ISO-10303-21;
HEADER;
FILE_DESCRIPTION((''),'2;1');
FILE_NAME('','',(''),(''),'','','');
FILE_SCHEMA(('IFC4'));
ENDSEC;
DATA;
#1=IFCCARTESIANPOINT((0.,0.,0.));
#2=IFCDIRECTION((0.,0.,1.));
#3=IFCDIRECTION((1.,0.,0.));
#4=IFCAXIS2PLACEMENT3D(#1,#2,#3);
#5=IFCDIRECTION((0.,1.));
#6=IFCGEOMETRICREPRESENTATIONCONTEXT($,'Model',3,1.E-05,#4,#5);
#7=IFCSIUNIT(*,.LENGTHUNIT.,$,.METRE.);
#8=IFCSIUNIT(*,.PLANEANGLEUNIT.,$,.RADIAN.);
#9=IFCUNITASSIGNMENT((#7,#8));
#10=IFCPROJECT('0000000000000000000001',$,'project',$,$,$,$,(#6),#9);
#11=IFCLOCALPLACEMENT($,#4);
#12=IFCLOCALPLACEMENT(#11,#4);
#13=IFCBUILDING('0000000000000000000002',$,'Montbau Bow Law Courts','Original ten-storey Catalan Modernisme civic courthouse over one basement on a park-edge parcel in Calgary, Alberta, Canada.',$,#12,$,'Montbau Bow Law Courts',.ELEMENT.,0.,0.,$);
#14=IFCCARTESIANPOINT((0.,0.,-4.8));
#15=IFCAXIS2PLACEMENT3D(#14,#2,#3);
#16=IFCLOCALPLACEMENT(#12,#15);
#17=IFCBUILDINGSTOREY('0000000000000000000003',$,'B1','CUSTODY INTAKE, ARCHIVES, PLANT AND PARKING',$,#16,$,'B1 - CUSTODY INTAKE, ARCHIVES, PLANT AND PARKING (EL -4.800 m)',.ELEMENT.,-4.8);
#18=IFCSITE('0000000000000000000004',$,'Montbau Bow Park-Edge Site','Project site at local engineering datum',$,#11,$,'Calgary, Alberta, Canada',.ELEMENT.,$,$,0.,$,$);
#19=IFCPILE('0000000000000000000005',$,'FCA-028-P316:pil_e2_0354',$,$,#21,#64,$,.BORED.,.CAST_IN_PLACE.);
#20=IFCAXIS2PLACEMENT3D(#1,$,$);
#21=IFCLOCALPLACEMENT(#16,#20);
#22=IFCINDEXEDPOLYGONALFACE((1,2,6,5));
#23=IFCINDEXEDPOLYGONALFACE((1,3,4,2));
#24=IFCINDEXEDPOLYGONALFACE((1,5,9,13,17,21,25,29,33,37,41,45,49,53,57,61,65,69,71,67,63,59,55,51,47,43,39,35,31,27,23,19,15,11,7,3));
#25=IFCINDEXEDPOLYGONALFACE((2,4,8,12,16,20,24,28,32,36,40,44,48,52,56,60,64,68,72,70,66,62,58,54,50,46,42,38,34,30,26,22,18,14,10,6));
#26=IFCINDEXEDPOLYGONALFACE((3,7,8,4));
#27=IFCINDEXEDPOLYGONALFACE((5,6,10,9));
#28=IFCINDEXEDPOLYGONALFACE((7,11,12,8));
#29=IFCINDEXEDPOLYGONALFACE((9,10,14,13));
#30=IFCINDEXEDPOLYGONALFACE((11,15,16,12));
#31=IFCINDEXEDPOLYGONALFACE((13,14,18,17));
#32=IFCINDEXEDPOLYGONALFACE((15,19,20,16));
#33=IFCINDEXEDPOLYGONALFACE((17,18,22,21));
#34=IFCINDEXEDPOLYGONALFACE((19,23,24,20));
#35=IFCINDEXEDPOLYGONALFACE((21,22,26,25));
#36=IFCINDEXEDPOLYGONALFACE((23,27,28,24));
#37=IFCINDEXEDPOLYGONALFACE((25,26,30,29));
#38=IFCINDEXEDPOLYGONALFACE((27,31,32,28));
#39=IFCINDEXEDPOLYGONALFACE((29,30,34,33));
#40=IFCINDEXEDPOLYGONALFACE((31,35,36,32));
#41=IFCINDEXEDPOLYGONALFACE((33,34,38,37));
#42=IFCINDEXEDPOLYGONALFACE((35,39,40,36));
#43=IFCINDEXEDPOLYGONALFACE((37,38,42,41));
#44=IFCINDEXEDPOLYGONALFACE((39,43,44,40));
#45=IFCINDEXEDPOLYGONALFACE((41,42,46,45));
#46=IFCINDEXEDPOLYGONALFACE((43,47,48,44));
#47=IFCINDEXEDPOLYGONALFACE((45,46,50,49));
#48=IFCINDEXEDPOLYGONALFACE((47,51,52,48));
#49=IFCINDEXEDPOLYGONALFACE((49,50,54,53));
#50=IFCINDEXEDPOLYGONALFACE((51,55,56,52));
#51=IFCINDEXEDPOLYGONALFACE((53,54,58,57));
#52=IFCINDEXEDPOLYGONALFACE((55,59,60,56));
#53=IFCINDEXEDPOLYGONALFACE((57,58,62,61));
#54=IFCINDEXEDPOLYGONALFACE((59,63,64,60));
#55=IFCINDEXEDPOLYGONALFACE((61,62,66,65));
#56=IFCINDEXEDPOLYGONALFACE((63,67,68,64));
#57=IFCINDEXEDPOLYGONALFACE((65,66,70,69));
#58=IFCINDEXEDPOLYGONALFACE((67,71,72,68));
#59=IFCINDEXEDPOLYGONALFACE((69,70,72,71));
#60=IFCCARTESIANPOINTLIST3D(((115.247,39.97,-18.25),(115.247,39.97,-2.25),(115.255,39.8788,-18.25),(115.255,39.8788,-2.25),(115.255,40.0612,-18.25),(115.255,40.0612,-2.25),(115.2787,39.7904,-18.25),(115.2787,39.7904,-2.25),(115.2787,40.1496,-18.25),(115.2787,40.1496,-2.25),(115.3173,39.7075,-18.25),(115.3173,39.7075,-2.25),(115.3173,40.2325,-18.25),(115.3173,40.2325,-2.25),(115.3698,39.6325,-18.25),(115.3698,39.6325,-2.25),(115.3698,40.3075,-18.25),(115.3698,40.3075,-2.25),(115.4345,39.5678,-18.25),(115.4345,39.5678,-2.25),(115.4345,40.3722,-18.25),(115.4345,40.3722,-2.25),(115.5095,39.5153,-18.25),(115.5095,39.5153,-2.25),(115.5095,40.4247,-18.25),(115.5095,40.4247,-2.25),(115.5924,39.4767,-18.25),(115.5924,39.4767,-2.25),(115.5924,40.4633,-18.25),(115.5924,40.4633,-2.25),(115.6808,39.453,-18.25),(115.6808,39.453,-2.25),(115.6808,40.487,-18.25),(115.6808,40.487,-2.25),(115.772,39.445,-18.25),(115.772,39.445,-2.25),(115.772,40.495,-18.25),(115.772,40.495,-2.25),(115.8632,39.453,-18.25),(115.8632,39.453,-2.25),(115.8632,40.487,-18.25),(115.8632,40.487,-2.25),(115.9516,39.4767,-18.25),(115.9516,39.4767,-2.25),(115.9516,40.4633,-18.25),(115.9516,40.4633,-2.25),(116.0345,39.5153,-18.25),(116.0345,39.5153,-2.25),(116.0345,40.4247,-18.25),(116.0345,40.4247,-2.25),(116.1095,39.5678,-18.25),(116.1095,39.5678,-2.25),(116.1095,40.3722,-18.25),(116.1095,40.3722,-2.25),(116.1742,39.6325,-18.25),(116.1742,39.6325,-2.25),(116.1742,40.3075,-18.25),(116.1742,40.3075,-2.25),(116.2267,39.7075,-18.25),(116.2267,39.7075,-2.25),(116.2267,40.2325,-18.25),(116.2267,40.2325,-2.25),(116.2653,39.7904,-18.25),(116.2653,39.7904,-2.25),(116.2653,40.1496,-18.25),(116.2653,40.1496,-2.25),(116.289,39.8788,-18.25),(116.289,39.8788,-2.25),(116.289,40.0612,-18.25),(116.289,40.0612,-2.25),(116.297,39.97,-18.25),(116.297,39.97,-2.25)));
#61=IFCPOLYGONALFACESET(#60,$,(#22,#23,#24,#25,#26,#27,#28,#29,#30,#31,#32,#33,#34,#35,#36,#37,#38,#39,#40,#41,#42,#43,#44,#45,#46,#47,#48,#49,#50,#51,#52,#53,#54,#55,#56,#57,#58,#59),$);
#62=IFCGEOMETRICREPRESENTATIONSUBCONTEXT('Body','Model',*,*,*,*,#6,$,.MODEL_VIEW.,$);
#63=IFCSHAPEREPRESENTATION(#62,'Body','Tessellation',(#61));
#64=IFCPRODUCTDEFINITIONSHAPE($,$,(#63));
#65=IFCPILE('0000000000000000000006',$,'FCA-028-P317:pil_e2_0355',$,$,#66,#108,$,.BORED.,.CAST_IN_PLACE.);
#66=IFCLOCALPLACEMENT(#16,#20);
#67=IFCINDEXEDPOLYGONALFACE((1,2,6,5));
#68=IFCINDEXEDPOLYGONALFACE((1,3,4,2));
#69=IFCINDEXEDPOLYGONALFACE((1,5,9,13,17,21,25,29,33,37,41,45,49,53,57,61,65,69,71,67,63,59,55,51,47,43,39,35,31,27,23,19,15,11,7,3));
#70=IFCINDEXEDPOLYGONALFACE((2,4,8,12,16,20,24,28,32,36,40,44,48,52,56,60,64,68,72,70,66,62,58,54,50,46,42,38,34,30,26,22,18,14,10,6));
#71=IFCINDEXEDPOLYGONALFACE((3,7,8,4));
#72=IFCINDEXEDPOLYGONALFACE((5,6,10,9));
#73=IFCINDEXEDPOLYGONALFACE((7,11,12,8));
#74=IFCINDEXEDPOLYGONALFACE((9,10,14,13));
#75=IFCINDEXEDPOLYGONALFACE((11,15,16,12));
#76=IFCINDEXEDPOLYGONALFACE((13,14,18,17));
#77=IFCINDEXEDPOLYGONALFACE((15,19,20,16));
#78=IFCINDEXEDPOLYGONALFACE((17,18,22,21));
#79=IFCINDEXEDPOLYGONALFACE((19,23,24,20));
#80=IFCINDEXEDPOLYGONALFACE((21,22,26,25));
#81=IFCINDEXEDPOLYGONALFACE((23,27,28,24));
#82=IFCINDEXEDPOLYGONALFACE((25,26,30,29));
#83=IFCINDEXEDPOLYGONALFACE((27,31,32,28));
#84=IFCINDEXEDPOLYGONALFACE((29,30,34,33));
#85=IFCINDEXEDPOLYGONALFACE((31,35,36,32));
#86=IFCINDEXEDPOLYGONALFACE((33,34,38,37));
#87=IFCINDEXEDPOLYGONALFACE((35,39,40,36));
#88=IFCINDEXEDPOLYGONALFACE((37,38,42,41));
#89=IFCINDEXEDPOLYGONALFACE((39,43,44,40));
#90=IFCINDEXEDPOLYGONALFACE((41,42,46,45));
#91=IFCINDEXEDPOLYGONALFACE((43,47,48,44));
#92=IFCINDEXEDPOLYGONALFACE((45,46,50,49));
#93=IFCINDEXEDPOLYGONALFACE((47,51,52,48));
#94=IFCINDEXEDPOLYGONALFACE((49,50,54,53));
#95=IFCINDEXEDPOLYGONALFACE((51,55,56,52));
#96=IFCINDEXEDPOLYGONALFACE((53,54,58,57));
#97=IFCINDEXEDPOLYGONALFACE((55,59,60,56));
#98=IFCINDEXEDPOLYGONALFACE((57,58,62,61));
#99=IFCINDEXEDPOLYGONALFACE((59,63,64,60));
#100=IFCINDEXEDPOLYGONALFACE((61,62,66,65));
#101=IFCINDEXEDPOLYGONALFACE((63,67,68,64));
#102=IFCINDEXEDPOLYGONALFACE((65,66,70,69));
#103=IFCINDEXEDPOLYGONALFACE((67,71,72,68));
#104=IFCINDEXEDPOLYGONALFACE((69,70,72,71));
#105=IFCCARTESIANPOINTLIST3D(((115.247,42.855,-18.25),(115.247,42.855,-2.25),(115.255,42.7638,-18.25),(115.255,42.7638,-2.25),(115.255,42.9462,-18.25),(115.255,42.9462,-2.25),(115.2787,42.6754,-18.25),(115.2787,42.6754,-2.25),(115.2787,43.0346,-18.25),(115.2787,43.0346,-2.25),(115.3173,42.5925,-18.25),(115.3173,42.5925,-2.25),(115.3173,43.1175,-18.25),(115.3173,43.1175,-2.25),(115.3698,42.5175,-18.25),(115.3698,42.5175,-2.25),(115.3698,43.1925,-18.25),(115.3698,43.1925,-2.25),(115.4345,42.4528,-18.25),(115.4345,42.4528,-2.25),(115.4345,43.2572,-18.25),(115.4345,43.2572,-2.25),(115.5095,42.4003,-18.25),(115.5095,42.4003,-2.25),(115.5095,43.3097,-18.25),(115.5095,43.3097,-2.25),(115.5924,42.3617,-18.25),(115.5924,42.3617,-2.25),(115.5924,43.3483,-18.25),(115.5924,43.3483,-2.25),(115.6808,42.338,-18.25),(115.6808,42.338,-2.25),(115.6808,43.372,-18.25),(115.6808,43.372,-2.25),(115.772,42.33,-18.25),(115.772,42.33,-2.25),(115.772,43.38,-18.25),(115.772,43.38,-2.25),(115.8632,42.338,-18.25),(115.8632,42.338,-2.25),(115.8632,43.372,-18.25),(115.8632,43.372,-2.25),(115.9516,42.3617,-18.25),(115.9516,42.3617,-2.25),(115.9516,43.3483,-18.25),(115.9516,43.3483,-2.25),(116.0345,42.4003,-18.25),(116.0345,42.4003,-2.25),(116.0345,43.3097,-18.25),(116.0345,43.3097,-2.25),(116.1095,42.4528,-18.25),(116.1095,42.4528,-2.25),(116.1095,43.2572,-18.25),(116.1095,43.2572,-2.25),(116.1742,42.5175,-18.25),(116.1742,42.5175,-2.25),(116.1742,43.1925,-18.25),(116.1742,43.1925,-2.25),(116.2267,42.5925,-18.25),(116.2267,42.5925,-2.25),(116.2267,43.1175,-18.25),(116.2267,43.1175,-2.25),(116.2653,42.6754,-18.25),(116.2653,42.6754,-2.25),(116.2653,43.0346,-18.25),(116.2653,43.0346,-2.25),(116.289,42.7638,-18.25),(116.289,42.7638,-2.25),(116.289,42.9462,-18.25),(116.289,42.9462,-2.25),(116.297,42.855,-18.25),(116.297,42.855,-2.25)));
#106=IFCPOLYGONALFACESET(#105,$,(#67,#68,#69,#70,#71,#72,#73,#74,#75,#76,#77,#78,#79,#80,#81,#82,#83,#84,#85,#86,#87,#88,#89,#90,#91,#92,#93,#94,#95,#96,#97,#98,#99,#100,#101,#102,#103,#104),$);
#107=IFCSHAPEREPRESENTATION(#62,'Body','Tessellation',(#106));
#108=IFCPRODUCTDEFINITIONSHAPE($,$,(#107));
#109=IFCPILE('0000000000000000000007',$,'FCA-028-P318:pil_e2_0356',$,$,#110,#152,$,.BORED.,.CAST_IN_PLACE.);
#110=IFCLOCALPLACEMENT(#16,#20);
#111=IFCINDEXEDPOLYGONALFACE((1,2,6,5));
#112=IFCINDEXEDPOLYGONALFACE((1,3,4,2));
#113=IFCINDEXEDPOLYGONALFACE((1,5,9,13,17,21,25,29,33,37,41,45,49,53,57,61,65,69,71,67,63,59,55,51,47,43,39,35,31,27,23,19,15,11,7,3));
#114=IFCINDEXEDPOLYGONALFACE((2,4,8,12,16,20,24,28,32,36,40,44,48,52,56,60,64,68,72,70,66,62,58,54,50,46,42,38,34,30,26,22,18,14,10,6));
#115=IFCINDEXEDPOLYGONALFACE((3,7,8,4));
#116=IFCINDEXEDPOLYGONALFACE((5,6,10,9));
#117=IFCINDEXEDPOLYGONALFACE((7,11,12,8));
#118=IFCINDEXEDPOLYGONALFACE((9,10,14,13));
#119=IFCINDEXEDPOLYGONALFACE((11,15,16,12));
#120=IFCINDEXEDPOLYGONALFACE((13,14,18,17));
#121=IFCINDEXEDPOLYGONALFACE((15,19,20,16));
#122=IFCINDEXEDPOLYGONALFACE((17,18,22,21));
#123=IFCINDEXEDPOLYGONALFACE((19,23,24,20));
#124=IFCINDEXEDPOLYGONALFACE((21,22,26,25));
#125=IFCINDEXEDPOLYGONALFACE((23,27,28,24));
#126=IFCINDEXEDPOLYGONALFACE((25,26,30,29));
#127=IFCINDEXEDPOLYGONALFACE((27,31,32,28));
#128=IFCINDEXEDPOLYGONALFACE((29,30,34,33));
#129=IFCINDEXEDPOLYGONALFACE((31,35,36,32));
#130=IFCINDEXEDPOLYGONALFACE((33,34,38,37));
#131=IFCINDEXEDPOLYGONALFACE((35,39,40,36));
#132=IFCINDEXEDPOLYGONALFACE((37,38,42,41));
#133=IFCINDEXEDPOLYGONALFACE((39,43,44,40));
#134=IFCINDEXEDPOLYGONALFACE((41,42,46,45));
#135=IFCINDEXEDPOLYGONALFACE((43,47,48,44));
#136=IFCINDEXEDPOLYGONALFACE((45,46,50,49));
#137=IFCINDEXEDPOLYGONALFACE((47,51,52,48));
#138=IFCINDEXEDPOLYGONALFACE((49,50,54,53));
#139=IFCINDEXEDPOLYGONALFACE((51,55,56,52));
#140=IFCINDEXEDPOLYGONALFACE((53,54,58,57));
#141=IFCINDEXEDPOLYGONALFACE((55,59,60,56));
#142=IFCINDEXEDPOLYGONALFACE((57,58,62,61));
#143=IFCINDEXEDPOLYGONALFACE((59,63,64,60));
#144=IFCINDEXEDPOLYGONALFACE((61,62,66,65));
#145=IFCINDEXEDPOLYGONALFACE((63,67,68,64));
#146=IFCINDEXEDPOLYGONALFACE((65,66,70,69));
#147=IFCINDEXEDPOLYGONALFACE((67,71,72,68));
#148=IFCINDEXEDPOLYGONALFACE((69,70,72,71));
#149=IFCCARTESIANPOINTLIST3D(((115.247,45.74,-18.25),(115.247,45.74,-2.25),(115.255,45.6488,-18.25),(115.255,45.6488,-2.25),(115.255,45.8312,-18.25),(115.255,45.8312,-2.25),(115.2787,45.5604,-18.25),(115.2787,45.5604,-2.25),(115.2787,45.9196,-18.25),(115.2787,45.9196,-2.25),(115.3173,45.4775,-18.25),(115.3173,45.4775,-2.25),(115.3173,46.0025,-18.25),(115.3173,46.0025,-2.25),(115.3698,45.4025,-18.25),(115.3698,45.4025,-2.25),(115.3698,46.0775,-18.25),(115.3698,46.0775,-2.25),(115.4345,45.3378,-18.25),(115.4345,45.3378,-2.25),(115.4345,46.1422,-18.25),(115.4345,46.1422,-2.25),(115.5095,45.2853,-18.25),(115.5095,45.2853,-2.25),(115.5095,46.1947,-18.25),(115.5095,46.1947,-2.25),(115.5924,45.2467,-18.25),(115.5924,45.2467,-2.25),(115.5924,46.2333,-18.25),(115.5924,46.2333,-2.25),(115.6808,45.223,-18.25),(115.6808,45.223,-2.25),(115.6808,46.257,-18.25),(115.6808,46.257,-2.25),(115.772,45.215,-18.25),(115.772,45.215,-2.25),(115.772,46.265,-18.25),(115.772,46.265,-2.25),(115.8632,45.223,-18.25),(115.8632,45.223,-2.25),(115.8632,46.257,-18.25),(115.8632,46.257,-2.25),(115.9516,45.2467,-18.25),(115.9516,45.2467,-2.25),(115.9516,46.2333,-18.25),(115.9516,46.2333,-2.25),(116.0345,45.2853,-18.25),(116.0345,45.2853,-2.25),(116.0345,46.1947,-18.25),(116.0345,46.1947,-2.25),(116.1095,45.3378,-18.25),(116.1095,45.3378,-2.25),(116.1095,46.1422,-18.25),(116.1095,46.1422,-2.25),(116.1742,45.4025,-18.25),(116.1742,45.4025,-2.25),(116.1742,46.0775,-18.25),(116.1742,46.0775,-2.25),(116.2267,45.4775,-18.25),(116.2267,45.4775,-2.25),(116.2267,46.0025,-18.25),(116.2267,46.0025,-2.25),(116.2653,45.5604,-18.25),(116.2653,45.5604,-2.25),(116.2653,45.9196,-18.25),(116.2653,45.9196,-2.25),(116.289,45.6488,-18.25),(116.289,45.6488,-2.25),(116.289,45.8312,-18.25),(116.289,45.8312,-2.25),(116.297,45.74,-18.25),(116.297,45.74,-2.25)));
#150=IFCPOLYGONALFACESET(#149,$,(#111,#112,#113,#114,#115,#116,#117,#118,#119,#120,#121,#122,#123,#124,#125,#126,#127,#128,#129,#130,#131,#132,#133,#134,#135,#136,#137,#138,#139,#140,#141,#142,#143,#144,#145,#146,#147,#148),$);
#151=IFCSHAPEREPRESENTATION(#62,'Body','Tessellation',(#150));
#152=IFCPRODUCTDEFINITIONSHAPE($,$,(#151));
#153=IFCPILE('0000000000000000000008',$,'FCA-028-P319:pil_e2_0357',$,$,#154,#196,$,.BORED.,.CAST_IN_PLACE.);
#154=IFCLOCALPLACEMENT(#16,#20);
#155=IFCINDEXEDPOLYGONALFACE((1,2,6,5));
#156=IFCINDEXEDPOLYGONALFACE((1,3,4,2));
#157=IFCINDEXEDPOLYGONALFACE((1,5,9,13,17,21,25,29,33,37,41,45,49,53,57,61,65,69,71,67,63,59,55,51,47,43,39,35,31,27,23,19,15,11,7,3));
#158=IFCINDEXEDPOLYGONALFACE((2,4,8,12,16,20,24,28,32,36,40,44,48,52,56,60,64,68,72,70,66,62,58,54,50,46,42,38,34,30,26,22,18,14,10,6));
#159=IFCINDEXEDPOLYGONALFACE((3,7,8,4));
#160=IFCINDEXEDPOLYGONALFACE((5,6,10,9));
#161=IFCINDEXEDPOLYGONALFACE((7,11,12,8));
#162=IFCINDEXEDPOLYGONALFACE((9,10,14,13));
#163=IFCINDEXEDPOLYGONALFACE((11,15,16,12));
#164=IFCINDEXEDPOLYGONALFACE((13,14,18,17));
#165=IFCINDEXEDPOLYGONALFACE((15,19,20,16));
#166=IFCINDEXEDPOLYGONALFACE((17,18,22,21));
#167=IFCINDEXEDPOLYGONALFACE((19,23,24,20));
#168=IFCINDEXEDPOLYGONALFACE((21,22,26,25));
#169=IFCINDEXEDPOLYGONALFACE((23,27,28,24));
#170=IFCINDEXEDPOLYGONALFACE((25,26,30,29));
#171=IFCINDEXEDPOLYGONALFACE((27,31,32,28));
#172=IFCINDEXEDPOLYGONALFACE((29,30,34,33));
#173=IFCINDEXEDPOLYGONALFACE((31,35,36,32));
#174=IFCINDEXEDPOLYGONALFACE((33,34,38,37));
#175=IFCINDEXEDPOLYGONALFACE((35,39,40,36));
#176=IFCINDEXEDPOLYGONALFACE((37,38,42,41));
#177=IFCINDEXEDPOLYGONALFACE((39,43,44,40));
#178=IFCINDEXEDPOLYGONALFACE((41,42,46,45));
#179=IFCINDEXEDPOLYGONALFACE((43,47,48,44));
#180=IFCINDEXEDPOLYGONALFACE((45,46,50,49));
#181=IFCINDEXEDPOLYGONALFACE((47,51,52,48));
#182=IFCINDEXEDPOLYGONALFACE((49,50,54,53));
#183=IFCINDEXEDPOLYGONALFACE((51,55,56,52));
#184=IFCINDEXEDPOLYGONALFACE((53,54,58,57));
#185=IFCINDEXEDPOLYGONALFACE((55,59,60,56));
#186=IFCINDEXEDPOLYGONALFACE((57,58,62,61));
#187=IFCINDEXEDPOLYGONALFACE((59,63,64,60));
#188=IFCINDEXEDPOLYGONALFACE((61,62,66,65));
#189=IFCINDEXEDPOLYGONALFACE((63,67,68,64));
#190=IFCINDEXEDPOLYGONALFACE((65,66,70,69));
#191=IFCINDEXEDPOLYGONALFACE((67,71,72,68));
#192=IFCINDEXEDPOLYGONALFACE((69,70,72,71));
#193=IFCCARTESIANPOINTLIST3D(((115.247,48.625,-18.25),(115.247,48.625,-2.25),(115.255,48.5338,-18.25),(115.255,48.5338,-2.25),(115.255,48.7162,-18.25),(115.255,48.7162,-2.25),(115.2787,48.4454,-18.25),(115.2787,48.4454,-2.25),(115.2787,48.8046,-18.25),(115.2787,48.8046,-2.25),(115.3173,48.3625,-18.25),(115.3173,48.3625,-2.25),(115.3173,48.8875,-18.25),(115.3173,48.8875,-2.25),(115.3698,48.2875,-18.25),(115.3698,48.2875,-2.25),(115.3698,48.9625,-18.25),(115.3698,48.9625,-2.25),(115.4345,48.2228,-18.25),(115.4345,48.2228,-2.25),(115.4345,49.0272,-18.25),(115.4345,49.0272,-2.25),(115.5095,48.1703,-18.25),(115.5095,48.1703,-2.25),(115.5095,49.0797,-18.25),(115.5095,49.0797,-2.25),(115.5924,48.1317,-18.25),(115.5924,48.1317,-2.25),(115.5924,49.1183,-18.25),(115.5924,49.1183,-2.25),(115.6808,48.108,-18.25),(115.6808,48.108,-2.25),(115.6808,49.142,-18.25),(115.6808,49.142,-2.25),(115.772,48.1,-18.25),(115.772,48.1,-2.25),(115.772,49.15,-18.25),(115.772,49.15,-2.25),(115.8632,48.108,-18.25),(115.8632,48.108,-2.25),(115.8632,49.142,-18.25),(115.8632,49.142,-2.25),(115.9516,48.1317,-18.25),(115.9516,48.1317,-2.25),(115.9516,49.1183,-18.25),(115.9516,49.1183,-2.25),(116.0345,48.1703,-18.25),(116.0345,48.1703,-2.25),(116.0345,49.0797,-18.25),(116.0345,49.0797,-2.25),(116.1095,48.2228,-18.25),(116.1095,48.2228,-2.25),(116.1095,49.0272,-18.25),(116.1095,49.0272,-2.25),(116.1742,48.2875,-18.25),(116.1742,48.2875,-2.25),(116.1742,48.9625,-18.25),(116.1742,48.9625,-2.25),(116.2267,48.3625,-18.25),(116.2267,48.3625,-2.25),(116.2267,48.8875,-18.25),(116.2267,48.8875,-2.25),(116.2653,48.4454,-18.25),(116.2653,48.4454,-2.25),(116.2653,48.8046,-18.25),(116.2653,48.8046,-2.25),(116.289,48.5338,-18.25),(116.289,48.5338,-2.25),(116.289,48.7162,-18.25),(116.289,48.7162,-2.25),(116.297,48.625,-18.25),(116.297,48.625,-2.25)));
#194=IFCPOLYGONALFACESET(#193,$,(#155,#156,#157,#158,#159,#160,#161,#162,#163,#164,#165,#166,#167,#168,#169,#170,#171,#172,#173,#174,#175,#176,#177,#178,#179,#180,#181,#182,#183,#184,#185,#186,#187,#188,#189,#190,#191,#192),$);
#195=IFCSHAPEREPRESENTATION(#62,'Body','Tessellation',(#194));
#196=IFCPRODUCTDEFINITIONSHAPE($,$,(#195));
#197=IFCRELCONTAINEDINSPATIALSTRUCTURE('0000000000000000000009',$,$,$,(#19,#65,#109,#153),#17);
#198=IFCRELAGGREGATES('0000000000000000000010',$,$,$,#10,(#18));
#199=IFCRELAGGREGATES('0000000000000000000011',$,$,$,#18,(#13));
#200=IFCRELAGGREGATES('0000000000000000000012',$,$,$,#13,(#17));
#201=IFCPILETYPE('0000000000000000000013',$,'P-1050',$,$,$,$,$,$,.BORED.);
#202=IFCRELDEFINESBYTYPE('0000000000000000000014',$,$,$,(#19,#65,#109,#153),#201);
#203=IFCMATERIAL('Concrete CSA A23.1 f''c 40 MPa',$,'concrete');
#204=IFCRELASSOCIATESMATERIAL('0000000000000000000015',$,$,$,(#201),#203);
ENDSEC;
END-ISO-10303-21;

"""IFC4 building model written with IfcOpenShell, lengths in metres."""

from ifc_helpers import new_model, si_unit, direction, frame, origin_with_axes, origin_2d_with_axis, place, context, subcontext, project, spatial, circle, extrude, material, material_profile, profile_set, type_object, element, save


model = new_model("IFC4")

# Units and contexts
model_context = context("Model", 3, precision=1e-05, world=origin_with_axes(), true_north=direction((0.0, 1.0)))
body_context = subcontext(model_context, "Body", "Model", "MODEL_VIEW")
ifc_project = project(units=[si_unit("LENGTHUNIT", "METRE"), si_unit("PLANEANGLEUNIT", "RADIAN")], contexts=[model_context])

# Site, building, storey
site_placement = place(None, origin_with_axes())
site = spatial("IfcSite", under=ifc_project, at=site_placement, Name="Montbau Bow Park-Edge Site", Description="Project site at local engineering datum", LongName="Calgary, Alberta, Canada", CompositionType="ELEMENT", RefElevation=0.0)
building_placement = place(site_placement, origin_with_axes())
building = spatial("IfcBuilding", under=site, at=building_placement, Name="Montbau Bow Law Courts", Description="Original ten-storey Catalan Modernisme civic courthouse over one basement on a park-edge parcel in Calgary, Alberta, Canada.", LongName="Montbau Bow Law Courts", CompositionType="ELEMENT", ElevationOfRefHeight=0.0, ElevationOfTerrain=0.0)
storey_placement = place(building_placement, frame((0.0, 0.0, -4.8), z_axis=(0.0, 0.0, 1.0), x_axis=(1.0, 0.0, 0.0)))
storey = spatial("IfcBuildingStorey", under=building, at=storey_placement, Name="B1", Description="CUSTODY INTAKE, ARCHIVES, PLANT AND PARKING", LongName="B1 - CUSTODY INTAKE, ARCHIVES, PLANT AND PARKING (EL -4.800 m)", CompositionType="ELEMENT", Elevation=-4.8)

# Piles
ifc_material = material(Name="Concrete CSA A23.1 f'c 40 MPa", Category="concrete")
ifc_material_profile = material_profile(ifc_material, circle(Radius=0.525, at=origin_2d_with_axis()), Name="BP1050", Category="Main", Priority=0)
ifc_profile_set = profile_set([ifc_material_profile], Name="Concrete CSA A23.1 f'c 40 MPa")
pile_type = type_object("IfcPileType", Name="P-1050", PredefinedType="BORED", material=ifc_profile_set)
for number, where, z_axis, x_axis, name in (
    (1, (115.772, 39.97, -23.05), (0.0, 0.0, 1.0), (1.0, 0.0, 0.0), "FCA-028-P316:pil_e2_0354"),
    (2, (115.772, 42.855, -23.05), (0.0, 0.0, 1.0), (1.0, 0.0, 0.0), "FCA-028-P317:pil_e2_0355"),
    (3, (115.772, 45.74, -23.05), (0.0, 0.0, 1.0), (1.0, 0.0, 0.0), "FCA-028-P318:pil_e2_0356"),
    (4, (115.772, 48.625, -23.05), (0.0, 0.0, 1.0), (1.0, 0.0, 0.0), "FCA-028-P319:pil_e2_0357"),
):
    element("IfcPile", number, at=place(None, frame(where, z_axis=z_axis, x_axis=x_axis)), inside=storey, type_object=pile_type, Name=name, ConstructionType="CAST_IN_PLACE", PredefinedType="BORED", context=body_context, shape_type="SweptSolid", body=[
        extrude(circle(Radius=0.525, at=origin_2d_with_axis()), origin_with_axes(), (0.0, 0.0, 1.0), 16.0),
    ])

save(model, "model.ifc")
